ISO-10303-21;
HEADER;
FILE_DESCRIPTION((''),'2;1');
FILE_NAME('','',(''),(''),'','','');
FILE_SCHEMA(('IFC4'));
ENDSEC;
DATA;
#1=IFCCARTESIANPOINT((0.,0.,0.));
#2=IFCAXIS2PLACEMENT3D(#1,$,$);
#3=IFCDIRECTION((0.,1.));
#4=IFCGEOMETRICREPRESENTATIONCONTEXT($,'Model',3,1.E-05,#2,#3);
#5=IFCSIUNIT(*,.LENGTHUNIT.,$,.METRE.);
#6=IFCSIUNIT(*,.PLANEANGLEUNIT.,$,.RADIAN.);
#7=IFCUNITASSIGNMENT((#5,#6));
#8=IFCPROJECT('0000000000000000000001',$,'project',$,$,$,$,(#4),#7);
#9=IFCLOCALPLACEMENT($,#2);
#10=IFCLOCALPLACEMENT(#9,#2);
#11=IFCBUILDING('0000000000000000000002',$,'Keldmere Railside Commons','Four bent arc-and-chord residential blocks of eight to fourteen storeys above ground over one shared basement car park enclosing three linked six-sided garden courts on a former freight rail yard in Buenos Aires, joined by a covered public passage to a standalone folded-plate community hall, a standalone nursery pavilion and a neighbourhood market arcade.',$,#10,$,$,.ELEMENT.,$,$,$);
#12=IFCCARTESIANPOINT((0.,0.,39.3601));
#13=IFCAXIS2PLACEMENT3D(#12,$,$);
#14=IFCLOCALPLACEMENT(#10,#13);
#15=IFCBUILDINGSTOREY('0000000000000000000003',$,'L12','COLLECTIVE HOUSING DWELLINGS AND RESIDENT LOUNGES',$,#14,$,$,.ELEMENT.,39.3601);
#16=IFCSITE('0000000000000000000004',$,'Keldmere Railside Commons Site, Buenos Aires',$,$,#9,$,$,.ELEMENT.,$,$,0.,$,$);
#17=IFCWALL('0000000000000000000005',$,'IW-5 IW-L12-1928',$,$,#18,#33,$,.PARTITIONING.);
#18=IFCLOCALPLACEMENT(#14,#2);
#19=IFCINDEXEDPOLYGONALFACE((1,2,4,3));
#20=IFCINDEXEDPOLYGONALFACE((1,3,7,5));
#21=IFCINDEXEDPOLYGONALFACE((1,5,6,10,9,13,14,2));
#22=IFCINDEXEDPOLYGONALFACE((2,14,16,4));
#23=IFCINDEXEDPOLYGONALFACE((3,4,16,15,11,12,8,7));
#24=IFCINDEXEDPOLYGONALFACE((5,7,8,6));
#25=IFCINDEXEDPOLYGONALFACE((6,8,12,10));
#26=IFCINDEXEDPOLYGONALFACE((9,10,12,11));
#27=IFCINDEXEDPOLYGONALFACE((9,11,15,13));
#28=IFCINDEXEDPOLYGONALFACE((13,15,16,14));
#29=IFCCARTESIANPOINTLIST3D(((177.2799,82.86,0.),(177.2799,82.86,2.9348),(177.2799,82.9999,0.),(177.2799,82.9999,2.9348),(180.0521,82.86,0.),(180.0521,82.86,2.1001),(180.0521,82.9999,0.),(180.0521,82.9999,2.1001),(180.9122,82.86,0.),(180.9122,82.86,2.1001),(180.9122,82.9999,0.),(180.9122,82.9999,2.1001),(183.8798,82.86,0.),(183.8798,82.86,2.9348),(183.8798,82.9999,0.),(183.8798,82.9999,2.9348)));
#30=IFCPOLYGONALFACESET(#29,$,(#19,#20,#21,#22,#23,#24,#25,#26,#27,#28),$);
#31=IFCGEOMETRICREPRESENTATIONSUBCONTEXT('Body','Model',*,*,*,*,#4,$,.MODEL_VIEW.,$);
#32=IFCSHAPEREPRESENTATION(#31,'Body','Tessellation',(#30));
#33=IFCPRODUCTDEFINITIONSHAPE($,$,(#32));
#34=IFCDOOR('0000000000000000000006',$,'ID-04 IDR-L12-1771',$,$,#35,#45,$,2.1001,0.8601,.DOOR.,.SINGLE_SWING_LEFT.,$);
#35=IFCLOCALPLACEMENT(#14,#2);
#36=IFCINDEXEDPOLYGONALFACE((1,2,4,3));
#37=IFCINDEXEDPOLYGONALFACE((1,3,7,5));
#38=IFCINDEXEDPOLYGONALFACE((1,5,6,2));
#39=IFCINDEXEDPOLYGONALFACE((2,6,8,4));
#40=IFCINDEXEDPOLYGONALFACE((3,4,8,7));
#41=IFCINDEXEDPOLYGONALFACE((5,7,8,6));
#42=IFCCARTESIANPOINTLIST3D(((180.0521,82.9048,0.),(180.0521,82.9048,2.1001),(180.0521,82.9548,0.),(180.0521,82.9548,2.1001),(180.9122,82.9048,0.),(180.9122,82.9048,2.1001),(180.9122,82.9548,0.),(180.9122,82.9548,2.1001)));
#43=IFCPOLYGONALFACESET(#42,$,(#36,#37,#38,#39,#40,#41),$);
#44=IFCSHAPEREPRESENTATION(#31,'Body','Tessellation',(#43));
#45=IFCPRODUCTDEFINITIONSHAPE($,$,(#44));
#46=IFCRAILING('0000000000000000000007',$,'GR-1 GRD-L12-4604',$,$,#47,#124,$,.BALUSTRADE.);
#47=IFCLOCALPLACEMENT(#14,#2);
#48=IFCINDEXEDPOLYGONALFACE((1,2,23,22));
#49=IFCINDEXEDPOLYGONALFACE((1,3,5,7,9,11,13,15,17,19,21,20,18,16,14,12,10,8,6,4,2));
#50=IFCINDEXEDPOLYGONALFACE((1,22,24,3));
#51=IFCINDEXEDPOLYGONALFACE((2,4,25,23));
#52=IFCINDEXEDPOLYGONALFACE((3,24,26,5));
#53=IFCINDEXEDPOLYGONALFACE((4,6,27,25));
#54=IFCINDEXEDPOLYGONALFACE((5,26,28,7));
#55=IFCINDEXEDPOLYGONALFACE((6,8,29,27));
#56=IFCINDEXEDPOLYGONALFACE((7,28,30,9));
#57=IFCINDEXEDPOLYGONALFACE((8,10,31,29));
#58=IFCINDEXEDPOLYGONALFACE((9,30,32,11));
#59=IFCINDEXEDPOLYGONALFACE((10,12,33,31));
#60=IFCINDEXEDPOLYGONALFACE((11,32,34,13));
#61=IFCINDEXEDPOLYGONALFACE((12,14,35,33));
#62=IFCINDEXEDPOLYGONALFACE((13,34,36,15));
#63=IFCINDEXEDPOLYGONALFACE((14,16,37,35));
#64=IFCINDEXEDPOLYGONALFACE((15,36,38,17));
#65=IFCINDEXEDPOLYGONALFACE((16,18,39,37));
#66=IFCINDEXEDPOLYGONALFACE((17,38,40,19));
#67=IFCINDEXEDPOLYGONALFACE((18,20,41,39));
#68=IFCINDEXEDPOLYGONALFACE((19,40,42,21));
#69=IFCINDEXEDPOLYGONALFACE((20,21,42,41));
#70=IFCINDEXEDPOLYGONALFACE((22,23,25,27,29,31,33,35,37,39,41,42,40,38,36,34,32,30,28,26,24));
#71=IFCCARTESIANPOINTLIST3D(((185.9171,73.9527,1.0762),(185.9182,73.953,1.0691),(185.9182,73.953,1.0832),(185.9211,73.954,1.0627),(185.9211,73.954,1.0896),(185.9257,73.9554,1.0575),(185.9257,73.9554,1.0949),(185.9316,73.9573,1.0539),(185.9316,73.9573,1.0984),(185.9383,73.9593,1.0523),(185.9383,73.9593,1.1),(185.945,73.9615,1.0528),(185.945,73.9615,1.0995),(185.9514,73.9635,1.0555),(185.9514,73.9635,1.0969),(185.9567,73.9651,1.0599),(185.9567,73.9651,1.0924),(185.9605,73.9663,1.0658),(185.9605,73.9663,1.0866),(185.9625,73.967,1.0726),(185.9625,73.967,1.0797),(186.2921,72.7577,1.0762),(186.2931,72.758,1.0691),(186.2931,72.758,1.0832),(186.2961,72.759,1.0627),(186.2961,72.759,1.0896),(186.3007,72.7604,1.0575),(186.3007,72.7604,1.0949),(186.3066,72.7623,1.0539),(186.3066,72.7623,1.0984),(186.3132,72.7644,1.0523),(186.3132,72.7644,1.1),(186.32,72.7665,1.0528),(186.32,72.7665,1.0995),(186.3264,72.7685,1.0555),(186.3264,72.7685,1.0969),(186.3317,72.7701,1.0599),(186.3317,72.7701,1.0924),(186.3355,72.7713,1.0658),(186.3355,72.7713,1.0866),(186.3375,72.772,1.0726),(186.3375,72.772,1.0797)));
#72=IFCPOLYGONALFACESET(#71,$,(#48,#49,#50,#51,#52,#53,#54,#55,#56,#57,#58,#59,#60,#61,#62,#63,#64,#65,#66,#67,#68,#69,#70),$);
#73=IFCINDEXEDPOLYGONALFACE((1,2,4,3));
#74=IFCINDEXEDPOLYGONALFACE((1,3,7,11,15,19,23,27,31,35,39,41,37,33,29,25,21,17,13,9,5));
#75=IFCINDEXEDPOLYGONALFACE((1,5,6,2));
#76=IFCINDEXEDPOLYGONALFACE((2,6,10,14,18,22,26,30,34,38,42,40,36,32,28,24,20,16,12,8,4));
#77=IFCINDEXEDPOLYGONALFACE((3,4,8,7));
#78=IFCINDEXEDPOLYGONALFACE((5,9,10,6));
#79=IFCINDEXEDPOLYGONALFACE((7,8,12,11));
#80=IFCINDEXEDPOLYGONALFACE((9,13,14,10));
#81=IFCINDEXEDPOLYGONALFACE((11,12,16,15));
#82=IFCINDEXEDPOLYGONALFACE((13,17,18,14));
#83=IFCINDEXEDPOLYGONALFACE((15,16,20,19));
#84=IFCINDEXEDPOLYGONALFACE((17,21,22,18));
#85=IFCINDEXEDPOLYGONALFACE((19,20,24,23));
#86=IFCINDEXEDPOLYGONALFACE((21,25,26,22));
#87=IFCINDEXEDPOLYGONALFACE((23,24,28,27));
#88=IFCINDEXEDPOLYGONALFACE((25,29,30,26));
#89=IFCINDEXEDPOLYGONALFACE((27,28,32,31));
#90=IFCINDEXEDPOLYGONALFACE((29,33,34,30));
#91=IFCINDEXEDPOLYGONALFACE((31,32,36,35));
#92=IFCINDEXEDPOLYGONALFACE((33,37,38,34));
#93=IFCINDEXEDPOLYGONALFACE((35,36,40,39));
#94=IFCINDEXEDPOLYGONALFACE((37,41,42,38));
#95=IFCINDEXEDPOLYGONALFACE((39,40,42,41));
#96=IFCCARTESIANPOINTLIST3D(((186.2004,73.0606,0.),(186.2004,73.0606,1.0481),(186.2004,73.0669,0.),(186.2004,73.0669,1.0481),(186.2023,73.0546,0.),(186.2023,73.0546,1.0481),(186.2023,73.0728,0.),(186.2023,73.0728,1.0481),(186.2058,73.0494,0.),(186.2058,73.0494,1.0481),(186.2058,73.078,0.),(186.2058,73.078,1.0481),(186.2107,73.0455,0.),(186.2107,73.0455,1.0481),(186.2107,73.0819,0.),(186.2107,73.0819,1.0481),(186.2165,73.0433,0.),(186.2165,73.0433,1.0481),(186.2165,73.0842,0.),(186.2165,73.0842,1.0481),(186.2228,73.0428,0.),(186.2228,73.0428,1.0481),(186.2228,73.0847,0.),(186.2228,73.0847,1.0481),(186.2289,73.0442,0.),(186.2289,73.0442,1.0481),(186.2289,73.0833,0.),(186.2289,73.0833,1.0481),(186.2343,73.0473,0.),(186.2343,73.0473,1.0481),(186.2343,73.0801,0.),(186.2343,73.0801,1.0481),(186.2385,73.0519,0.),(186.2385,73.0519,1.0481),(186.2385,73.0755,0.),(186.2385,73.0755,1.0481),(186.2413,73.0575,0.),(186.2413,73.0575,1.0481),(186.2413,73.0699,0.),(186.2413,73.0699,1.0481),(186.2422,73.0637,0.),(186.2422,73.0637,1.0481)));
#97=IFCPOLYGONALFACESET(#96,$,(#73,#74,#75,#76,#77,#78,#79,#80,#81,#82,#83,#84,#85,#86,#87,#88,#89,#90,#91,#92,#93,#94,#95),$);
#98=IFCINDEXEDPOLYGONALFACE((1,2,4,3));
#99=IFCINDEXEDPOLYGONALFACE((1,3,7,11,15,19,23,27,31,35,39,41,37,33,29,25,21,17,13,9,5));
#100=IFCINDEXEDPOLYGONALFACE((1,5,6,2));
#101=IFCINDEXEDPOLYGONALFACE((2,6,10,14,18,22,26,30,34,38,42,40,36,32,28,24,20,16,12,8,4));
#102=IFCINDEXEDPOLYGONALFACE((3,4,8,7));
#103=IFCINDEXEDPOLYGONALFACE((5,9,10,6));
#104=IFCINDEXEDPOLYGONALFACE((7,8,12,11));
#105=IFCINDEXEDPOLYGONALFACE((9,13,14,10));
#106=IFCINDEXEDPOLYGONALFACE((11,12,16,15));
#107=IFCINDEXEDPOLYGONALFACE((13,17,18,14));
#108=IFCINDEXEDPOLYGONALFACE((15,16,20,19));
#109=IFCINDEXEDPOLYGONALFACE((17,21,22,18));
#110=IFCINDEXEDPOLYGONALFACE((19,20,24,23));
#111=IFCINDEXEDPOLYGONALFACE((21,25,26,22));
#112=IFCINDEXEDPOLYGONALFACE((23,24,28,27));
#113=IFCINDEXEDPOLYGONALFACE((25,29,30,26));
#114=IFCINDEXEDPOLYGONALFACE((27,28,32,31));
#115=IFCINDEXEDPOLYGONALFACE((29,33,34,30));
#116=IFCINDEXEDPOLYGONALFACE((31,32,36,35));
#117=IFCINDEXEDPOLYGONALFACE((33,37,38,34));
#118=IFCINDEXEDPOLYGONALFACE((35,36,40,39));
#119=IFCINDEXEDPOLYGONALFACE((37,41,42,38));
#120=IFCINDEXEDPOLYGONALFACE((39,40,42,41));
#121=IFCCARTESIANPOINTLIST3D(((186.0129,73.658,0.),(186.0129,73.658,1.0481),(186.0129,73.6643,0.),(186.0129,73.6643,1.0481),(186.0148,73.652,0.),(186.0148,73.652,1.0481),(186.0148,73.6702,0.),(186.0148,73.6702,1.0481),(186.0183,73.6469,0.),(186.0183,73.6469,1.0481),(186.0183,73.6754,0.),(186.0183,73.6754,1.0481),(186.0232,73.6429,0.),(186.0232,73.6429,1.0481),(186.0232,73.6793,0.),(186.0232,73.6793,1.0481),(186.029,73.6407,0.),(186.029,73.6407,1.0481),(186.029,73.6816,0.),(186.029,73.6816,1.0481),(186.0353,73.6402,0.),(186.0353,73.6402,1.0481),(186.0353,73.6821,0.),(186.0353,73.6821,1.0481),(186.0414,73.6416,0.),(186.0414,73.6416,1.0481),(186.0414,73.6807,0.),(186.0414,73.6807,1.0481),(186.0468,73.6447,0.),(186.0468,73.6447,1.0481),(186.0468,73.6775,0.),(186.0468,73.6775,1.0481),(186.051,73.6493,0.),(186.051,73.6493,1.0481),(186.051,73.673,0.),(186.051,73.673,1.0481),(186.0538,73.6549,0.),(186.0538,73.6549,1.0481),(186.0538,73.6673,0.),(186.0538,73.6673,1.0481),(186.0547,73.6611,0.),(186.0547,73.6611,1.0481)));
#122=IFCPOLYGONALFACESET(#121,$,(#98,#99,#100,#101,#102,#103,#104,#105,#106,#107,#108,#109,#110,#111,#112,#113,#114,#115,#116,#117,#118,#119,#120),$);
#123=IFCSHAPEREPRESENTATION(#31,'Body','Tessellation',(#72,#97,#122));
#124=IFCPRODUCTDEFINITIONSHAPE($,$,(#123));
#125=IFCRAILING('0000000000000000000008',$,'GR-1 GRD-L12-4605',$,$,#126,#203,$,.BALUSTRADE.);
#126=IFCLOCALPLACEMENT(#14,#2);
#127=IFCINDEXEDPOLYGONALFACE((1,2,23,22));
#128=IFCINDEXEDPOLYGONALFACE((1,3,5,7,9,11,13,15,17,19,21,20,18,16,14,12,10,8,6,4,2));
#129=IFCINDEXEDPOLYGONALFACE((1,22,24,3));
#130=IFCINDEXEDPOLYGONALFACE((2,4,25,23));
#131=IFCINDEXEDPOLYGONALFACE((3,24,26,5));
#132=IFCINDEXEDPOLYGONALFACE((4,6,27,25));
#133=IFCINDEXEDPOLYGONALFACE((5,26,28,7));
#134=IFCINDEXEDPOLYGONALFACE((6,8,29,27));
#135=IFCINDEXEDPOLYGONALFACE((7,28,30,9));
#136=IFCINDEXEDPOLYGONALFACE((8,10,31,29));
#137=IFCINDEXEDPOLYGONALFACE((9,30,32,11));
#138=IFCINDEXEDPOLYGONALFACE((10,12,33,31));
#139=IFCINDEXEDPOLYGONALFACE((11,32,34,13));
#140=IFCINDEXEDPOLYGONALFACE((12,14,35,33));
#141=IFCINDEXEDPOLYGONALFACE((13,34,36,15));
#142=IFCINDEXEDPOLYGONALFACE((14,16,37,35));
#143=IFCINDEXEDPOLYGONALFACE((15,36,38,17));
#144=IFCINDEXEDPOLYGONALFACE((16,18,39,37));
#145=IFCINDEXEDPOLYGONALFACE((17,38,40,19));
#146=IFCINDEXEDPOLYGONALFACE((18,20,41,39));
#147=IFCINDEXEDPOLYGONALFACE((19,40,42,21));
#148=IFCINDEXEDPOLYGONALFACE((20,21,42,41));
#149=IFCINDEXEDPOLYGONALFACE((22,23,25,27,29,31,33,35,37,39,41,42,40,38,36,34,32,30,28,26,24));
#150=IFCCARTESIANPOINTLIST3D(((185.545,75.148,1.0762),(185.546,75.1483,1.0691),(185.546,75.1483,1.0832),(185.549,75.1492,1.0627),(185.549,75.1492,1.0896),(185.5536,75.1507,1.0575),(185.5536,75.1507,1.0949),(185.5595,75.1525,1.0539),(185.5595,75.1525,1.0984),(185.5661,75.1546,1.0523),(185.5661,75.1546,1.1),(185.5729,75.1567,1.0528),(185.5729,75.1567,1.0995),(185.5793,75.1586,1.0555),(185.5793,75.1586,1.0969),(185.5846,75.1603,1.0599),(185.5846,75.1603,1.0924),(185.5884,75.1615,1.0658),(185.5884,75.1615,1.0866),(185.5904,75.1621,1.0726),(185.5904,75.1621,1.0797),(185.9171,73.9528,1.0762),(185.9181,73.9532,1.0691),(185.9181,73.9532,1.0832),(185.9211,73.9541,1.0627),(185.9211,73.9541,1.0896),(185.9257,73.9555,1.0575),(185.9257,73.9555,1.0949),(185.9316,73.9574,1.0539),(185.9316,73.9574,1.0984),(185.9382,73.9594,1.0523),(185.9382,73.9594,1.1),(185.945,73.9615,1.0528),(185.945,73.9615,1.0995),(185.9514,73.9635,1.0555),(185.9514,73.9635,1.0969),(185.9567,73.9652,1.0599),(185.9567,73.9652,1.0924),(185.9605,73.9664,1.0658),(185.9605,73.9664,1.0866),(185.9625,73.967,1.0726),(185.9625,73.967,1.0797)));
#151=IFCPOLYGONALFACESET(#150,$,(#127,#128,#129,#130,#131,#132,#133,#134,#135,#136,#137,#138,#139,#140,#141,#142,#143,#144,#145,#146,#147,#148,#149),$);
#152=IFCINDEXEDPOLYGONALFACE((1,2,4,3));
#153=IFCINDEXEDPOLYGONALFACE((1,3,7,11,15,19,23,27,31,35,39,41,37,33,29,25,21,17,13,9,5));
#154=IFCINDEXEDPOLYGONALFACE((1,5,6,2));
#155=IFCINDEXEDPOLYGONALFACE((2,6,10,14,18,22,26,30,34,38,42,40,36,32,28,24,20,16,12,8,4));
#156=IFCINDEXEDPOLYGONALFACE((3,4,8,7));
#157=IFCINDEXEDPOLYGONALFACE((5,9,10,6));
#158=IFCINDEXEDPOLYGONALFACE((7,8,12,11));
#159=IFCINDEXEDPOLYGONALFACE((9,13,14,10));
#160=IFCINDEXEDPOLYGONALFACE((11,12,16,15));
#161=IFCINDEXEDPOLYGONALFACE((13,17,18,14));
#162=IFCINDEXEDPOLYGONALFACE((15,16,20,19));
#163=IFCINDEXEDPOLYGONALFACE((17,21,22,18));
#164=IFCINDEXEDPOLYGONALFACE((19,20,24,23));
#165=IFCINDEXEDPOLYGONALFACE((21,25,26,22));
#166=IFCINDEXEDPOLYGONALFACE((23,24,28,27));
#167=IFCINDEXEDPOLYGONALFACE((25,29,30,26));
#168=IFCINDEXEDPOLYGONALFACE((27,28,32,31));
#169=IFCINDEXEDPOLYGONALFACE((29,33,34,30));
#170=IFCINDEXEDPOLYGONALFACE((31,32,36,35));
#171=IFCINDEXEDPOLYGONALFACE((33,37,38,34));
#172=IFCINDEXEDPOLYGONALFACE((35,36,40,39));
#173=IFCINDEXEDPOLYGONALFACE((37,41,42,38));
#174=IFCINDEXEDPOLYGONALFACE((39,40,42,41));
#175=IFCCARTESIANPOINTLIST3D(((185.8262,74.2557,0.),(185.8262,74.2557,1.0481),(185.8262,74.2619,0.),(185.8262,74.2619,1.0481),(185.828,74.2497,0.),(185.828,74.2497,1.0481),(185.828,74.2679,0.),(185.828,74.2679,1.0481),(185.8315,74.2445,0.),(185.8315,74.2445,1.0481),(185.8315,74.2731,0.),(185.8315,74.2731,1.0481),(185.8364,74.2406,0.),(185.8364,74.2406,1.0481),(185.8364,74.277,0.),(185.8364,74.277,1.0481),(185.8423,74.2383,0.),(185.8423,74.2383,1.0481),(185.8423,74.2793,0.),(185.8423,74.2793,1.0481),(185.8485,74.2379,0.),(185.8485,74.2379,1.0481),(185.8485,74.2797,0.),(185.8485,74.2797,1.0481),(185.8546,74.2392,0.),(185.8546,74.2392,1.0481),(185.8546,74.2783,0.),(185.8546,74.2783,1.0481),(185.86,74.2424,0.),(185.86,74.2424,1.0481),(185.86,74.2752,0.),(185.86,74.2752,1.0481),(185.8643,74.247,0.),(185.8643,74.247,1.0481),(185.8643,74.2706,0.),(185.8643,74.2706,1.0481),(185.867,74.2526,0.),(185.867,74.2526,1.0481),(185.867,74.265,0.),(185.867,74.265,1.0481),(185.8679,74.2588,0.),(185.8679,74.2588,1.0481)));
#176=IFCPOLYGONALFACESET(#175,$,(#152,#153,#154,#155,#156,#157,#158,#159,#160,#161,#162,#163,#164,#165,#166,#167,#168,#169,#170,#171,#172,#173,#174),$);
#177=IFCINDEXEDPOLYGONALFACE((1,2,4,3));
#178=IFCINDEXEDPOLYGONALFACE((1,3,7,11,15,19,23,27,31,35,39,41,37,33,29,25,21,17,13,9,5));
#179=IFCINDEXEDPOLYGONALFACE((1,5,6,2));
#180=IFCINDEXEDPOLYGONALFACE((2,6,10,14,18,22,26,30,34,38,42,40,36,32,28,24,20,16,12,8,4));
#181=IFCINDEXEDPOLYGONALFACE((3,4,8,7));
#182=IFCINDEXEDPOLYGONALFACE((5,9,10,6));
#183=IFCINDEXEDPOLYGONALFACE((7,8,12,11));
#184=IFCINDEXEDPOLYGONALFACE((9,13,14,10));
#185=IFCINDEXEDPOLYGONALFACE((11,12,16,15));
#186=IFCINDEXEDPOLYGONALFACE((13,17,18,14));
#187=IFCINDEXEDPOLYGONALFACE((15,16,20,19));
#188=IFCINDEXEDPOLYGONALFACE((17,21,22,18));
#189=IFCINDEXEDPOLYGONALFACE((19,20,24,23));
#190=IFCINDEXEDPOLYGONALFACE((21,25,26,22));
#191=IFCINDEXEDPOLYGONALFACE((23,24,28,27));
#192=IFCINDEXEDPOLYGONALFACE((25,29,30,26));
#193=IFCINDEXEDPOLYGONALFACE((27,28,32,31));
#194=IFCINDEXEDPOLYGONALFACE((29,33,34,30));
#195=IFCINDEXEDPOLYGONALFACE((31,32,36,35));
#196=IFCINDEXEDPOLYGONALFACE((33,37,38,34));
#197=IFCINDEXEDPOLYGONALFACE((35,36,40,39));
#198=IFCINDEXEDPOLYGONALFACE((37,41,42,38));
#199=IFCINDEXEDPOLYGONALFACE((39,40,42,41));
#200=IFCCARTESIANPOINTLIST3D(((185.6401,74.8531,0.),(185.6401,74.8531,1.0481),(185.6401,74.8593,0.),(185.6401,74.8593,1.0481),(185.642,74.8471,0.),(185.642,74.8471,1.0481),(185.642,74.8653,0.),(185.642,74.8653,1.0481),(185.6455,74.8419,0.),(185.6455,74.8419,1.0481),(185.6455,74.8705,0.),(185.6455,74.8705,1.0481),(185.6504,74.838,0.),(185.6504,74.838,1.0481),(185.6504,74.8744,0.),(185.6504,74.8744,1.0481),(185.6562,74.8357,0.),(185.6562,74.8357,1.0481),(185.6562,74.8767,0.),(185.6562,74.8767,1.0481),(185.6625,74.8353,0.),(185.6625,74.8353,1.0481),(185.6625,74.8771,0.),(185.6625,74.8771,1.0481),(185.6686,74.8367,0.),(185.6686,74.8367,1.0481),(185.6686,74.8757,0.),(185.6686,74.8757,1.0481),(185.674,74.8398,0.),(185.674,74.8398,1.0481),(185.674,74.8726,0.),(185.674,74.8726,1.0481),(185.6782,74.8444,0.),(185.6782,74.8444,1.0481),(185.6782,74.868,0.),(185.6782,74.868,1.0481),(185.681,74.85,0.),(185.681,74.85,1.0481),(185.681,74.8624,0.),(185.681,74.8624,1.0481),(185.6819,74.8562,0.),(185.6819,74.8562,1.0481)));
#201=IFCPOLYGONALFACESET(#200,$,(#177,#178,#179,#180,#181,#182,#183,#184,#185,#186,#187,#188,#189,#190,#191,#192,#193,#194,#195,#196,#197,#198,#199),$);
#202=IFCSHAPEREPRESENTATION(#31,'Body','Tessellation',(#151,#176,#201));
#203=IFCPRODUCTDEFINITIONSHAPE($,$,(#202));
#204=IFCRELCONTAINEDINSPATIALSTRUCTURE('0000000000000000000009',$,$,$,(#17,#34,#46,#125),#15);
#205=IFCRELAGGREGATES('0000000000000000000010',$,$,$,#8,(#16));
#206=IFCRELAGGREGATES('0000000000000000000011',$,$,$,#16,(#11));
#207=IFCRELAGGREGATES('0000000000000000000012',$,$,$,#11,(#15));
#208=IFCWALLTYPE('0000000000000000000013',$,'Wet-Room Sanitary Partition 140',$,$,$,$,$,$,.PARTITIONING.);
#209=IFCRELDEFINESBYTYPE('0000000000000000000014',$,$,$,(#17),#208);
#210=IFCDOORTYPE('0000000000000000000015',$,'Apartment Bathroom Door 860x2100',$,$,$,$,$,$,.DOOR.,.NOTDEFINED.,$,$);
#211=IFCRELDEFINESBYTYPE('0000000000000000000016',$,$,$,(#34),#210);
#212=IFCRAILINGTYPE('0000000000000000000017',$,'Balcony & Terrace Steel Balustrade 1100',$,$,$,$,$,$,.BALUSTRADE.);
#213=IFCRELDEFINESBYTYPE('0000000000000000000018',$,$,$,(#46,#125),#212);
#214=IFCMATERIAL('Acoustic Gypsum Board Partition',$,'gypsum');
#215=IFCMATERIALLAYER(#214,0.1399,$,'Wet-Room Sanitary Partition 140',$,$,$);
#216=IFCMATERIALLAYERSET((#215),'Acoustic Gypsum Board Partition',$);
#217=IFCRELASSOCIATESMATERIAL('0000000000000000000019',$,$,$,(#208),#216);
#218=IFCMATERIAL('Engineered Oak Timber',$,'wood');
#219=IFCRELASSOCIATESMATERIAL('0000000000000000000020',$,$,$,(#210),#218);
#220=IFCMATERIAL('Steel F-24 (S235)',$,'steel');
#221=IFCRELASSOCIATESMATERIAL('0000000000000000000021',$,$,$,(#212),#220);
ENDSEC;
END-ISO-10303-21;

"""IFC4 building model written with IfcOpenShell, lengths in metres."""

from ifc_helpers import new_model, si_unit, direction, frame, frame_2d, origin, origin_2d, place, context, subcontext, project, spatial, rectangle, circle, extrude, material, layer, layer_set, type_object, element, fill, save


model = new_model("IFC4")

# Units and contexts
model_context = context("Model", 3, precision=1e-05, world=origin(), true_north=direction((0.0, 1.0)))
body_context = subcontext(model_context, "Body", "Model", "MODEL_VIEW")
ifc_project = project(units=[si_unit("LENGTHUNIT", "METRE"), si_unit("PLANEANGLEUNIT", "RADIAN")], contexts=[model_context])

# Site, building, storey
site_placement = place(None, origin())
site = spatial("IfcSite", under=ifc_project, at=site_placement, Name="Keldmere Railside Commons Site, Buenos Aires", CompositionType="ELEMENT", RefElevation=0.0)
building_placement = place(site_placement, origin())
building = spatial("IfcBuilding", under=site, at=building_placement, Name="Keldmere Railside Commons", Description="Four bent arc-and-chord residential blocks of eight to fourteen storeys above ground over one shared basement car park enclosing three linked six-sided garden courts on a former freight rail yard in Buenos Aires, joined by a covered public passage to a standalone folded-plate community hall, a standalone nursery pavilion and a neighbourhood market arcade.", CompositionType="ELEMENT")
storey_placement = place(building_placement, frame((0.0, 0.0, 39.3601)))
storey = spatial("IfcBuildingStorey", under=building, at=storey_placement, Name="L12", Description="COLLECTIVE HOUSING DWELLINGS AND RESIDENT LOUNGES", CompositionType="ELEMENT", Elevation=39.3601)

# Shared definitions
ifc_material_1 = material(Name="Acoustic Gypsum Board Partition", Category="gypsum")
ifc_material_2 = material(Name="Engineered Oak Timber", Category="wood")

# Shared definitions
ifc_material_3 = material(Name="Steel F-24 (S235)", Category="steel")

# Wall, opening, door
ifc_layer_1 = layer(ifc_material_1, 0.1399, Name="Wet-Room Sanitary Partition 140")
ifc_layer_set_1 = layer_set([ifc_layer_1], Name="Acoustic Gypsum Board Partition")
wall_type_1 = type_object("IfcWallType", Name="Wet-Room Sanitary Partition 140", PredefinedType="PARTITIONING", material=ifc_layer_set_1)
wall_1_placement = place(storey_placement, frame((177.28, 82.9299, 0.0), z_axis=(0.0, 0.0, 1.0), x_axis=(1.0, 0.0, 0.0)))
wall_1 = element("IfcWall", 1, at=wall_1_placement, inside=storey, type_object=wall_type_1, Name="IW-5 IW-L12-1928", PredefinedType="PARTITIONING", context=body_context, shape_type="SweptSolid", body=[
    extrude(rectangle(XDim=6.5999, YDim=0.1399, at=frame_2d((3.2998, 0.0))), origin(), (0.0, 0.0, 1.0), 2.9348),
])
opening_1_placement = place(wall_1_placement, frame((2.772, 0.0, 0.0)))
opening_1 = element("IfcOpeningElement", 2, at=opening_1_placement, cuts=wall_1, PredefinedType="OPENING", context=body_context, shape_type="SweptSolid", body=[
    extrude(rectangle(XDim=0.8601, YDim=2.1001, at=frame_2d((0.4302, 1.05))), frame((0.0, 0.0798, 0.0), z_axis=(0.0, -1.0, 0.0), x_axis=(1.0, 0.0, 0.0)), (0.0, 0.0, 1.0), 0.1599),
])
door_type_1 = type_object("IfcDoorType", Name="Apartment Bathroom Door 860x2100", OperationType="NOTDEFINED", PredefinedType="DOOR", material=ifc_material_2)
door_1_placement = place(opening_1_placement, origin())
door_1 = element("IfcDoor", 3, at=door_1_placement, inside=storey, type_object=door_type_1, Name="ID-04 IDR-L12-1771", OperationType="SINGLE_SWING_LEFT", OverallHeight=2.1001, OverallWidth=0.8601, PredefinedType="DOOR", context=body_context, shape_type="SweptSolid", body=[
    extrude(rectangle(XDim=0.8601, YDim=2.1001, at=frame_2d((0.4302, 1.05))), frame((0.0, 0.0249, 0.0), z_axis=(0.0, -1.0, 0.0), x_axis=(1.0, 0.0, 0.0)), (0.0, 0.0, 1.0), 0.05),
])
fill(opening_1, door_1)

# Railings
railing_type_1 = type_object("IfcRailingType", Name="Balcony & Terrace Steel Balustrade 1100", PredefinedType="BALUSTRADE", material=ifc_material_3)
railing_1_placement = place(storey_placement, frame((186.3149, 72.7649, 0.0)))
element("IfcRailing", 4, at=railing_1_placement, inside=storey, type_object=railing_type_1, Name="GR-1 GRD-L12-4604", PredefinedType="BALUSTRADE", context=body_context, shape_type="SweptSolid", body=[
    extrude(circle(Radius=0.0239, at=origin_2d()), frame((0.0, 0.0, 1.0762), z_axis=(-0.299396, 0.954129, 0.0), x_axis=(-0.954129, -0.299396, 0.0)), (0.0, 0.0, 1.0), 1.2524),
    extrude(circle(Radius=0.021, at=origin_2d()), frame((-0.0938, 0.2988, 0.0)), (0.0, 0.0, 1.0), 1.0481),
    extrude(circle(Radius=0.021, at=origin_2d()), frame((-0.2812, 0.8962, 0.0)), (0.0, 0.0, 1.0), 1.0481),
])
railing_2_placement = place(storey_placement, frame((185.9399, 73.96, 0.0)))
element("IfcRailing", 5, at=railing_2_placement, inside=storey, type_object=railing_type_1, Name="GR-1 GRD-L12-4605", PredefinedType="BALUSTRADE", context=body_context, shape_type="SweptSolid", body=[
    extrude(circle(Radius=0.0239, at=origin_2d()), frame((0.0, 0.0, 1.0762), z_axis=(-0.297264, 0.954795, 0.0), x_axis=(-0.954795, -0.297264, 0.0)), (0.0, 0.0, 1.0), 1.2517),
    extrude(circle(Radius=0.021, at=origin_2d()), frame((-0.093, 0.2988, 0.0)), (0.0, 0.0, 1.0), 1.0481),
    extrude(circle(Radius=0.021, at=origin_2d()), frame((-0.2791, 0.8962, 0.0)), (0.0, 0.0, 1.0), 1.0481),
])

save(model, "model.ifc")
